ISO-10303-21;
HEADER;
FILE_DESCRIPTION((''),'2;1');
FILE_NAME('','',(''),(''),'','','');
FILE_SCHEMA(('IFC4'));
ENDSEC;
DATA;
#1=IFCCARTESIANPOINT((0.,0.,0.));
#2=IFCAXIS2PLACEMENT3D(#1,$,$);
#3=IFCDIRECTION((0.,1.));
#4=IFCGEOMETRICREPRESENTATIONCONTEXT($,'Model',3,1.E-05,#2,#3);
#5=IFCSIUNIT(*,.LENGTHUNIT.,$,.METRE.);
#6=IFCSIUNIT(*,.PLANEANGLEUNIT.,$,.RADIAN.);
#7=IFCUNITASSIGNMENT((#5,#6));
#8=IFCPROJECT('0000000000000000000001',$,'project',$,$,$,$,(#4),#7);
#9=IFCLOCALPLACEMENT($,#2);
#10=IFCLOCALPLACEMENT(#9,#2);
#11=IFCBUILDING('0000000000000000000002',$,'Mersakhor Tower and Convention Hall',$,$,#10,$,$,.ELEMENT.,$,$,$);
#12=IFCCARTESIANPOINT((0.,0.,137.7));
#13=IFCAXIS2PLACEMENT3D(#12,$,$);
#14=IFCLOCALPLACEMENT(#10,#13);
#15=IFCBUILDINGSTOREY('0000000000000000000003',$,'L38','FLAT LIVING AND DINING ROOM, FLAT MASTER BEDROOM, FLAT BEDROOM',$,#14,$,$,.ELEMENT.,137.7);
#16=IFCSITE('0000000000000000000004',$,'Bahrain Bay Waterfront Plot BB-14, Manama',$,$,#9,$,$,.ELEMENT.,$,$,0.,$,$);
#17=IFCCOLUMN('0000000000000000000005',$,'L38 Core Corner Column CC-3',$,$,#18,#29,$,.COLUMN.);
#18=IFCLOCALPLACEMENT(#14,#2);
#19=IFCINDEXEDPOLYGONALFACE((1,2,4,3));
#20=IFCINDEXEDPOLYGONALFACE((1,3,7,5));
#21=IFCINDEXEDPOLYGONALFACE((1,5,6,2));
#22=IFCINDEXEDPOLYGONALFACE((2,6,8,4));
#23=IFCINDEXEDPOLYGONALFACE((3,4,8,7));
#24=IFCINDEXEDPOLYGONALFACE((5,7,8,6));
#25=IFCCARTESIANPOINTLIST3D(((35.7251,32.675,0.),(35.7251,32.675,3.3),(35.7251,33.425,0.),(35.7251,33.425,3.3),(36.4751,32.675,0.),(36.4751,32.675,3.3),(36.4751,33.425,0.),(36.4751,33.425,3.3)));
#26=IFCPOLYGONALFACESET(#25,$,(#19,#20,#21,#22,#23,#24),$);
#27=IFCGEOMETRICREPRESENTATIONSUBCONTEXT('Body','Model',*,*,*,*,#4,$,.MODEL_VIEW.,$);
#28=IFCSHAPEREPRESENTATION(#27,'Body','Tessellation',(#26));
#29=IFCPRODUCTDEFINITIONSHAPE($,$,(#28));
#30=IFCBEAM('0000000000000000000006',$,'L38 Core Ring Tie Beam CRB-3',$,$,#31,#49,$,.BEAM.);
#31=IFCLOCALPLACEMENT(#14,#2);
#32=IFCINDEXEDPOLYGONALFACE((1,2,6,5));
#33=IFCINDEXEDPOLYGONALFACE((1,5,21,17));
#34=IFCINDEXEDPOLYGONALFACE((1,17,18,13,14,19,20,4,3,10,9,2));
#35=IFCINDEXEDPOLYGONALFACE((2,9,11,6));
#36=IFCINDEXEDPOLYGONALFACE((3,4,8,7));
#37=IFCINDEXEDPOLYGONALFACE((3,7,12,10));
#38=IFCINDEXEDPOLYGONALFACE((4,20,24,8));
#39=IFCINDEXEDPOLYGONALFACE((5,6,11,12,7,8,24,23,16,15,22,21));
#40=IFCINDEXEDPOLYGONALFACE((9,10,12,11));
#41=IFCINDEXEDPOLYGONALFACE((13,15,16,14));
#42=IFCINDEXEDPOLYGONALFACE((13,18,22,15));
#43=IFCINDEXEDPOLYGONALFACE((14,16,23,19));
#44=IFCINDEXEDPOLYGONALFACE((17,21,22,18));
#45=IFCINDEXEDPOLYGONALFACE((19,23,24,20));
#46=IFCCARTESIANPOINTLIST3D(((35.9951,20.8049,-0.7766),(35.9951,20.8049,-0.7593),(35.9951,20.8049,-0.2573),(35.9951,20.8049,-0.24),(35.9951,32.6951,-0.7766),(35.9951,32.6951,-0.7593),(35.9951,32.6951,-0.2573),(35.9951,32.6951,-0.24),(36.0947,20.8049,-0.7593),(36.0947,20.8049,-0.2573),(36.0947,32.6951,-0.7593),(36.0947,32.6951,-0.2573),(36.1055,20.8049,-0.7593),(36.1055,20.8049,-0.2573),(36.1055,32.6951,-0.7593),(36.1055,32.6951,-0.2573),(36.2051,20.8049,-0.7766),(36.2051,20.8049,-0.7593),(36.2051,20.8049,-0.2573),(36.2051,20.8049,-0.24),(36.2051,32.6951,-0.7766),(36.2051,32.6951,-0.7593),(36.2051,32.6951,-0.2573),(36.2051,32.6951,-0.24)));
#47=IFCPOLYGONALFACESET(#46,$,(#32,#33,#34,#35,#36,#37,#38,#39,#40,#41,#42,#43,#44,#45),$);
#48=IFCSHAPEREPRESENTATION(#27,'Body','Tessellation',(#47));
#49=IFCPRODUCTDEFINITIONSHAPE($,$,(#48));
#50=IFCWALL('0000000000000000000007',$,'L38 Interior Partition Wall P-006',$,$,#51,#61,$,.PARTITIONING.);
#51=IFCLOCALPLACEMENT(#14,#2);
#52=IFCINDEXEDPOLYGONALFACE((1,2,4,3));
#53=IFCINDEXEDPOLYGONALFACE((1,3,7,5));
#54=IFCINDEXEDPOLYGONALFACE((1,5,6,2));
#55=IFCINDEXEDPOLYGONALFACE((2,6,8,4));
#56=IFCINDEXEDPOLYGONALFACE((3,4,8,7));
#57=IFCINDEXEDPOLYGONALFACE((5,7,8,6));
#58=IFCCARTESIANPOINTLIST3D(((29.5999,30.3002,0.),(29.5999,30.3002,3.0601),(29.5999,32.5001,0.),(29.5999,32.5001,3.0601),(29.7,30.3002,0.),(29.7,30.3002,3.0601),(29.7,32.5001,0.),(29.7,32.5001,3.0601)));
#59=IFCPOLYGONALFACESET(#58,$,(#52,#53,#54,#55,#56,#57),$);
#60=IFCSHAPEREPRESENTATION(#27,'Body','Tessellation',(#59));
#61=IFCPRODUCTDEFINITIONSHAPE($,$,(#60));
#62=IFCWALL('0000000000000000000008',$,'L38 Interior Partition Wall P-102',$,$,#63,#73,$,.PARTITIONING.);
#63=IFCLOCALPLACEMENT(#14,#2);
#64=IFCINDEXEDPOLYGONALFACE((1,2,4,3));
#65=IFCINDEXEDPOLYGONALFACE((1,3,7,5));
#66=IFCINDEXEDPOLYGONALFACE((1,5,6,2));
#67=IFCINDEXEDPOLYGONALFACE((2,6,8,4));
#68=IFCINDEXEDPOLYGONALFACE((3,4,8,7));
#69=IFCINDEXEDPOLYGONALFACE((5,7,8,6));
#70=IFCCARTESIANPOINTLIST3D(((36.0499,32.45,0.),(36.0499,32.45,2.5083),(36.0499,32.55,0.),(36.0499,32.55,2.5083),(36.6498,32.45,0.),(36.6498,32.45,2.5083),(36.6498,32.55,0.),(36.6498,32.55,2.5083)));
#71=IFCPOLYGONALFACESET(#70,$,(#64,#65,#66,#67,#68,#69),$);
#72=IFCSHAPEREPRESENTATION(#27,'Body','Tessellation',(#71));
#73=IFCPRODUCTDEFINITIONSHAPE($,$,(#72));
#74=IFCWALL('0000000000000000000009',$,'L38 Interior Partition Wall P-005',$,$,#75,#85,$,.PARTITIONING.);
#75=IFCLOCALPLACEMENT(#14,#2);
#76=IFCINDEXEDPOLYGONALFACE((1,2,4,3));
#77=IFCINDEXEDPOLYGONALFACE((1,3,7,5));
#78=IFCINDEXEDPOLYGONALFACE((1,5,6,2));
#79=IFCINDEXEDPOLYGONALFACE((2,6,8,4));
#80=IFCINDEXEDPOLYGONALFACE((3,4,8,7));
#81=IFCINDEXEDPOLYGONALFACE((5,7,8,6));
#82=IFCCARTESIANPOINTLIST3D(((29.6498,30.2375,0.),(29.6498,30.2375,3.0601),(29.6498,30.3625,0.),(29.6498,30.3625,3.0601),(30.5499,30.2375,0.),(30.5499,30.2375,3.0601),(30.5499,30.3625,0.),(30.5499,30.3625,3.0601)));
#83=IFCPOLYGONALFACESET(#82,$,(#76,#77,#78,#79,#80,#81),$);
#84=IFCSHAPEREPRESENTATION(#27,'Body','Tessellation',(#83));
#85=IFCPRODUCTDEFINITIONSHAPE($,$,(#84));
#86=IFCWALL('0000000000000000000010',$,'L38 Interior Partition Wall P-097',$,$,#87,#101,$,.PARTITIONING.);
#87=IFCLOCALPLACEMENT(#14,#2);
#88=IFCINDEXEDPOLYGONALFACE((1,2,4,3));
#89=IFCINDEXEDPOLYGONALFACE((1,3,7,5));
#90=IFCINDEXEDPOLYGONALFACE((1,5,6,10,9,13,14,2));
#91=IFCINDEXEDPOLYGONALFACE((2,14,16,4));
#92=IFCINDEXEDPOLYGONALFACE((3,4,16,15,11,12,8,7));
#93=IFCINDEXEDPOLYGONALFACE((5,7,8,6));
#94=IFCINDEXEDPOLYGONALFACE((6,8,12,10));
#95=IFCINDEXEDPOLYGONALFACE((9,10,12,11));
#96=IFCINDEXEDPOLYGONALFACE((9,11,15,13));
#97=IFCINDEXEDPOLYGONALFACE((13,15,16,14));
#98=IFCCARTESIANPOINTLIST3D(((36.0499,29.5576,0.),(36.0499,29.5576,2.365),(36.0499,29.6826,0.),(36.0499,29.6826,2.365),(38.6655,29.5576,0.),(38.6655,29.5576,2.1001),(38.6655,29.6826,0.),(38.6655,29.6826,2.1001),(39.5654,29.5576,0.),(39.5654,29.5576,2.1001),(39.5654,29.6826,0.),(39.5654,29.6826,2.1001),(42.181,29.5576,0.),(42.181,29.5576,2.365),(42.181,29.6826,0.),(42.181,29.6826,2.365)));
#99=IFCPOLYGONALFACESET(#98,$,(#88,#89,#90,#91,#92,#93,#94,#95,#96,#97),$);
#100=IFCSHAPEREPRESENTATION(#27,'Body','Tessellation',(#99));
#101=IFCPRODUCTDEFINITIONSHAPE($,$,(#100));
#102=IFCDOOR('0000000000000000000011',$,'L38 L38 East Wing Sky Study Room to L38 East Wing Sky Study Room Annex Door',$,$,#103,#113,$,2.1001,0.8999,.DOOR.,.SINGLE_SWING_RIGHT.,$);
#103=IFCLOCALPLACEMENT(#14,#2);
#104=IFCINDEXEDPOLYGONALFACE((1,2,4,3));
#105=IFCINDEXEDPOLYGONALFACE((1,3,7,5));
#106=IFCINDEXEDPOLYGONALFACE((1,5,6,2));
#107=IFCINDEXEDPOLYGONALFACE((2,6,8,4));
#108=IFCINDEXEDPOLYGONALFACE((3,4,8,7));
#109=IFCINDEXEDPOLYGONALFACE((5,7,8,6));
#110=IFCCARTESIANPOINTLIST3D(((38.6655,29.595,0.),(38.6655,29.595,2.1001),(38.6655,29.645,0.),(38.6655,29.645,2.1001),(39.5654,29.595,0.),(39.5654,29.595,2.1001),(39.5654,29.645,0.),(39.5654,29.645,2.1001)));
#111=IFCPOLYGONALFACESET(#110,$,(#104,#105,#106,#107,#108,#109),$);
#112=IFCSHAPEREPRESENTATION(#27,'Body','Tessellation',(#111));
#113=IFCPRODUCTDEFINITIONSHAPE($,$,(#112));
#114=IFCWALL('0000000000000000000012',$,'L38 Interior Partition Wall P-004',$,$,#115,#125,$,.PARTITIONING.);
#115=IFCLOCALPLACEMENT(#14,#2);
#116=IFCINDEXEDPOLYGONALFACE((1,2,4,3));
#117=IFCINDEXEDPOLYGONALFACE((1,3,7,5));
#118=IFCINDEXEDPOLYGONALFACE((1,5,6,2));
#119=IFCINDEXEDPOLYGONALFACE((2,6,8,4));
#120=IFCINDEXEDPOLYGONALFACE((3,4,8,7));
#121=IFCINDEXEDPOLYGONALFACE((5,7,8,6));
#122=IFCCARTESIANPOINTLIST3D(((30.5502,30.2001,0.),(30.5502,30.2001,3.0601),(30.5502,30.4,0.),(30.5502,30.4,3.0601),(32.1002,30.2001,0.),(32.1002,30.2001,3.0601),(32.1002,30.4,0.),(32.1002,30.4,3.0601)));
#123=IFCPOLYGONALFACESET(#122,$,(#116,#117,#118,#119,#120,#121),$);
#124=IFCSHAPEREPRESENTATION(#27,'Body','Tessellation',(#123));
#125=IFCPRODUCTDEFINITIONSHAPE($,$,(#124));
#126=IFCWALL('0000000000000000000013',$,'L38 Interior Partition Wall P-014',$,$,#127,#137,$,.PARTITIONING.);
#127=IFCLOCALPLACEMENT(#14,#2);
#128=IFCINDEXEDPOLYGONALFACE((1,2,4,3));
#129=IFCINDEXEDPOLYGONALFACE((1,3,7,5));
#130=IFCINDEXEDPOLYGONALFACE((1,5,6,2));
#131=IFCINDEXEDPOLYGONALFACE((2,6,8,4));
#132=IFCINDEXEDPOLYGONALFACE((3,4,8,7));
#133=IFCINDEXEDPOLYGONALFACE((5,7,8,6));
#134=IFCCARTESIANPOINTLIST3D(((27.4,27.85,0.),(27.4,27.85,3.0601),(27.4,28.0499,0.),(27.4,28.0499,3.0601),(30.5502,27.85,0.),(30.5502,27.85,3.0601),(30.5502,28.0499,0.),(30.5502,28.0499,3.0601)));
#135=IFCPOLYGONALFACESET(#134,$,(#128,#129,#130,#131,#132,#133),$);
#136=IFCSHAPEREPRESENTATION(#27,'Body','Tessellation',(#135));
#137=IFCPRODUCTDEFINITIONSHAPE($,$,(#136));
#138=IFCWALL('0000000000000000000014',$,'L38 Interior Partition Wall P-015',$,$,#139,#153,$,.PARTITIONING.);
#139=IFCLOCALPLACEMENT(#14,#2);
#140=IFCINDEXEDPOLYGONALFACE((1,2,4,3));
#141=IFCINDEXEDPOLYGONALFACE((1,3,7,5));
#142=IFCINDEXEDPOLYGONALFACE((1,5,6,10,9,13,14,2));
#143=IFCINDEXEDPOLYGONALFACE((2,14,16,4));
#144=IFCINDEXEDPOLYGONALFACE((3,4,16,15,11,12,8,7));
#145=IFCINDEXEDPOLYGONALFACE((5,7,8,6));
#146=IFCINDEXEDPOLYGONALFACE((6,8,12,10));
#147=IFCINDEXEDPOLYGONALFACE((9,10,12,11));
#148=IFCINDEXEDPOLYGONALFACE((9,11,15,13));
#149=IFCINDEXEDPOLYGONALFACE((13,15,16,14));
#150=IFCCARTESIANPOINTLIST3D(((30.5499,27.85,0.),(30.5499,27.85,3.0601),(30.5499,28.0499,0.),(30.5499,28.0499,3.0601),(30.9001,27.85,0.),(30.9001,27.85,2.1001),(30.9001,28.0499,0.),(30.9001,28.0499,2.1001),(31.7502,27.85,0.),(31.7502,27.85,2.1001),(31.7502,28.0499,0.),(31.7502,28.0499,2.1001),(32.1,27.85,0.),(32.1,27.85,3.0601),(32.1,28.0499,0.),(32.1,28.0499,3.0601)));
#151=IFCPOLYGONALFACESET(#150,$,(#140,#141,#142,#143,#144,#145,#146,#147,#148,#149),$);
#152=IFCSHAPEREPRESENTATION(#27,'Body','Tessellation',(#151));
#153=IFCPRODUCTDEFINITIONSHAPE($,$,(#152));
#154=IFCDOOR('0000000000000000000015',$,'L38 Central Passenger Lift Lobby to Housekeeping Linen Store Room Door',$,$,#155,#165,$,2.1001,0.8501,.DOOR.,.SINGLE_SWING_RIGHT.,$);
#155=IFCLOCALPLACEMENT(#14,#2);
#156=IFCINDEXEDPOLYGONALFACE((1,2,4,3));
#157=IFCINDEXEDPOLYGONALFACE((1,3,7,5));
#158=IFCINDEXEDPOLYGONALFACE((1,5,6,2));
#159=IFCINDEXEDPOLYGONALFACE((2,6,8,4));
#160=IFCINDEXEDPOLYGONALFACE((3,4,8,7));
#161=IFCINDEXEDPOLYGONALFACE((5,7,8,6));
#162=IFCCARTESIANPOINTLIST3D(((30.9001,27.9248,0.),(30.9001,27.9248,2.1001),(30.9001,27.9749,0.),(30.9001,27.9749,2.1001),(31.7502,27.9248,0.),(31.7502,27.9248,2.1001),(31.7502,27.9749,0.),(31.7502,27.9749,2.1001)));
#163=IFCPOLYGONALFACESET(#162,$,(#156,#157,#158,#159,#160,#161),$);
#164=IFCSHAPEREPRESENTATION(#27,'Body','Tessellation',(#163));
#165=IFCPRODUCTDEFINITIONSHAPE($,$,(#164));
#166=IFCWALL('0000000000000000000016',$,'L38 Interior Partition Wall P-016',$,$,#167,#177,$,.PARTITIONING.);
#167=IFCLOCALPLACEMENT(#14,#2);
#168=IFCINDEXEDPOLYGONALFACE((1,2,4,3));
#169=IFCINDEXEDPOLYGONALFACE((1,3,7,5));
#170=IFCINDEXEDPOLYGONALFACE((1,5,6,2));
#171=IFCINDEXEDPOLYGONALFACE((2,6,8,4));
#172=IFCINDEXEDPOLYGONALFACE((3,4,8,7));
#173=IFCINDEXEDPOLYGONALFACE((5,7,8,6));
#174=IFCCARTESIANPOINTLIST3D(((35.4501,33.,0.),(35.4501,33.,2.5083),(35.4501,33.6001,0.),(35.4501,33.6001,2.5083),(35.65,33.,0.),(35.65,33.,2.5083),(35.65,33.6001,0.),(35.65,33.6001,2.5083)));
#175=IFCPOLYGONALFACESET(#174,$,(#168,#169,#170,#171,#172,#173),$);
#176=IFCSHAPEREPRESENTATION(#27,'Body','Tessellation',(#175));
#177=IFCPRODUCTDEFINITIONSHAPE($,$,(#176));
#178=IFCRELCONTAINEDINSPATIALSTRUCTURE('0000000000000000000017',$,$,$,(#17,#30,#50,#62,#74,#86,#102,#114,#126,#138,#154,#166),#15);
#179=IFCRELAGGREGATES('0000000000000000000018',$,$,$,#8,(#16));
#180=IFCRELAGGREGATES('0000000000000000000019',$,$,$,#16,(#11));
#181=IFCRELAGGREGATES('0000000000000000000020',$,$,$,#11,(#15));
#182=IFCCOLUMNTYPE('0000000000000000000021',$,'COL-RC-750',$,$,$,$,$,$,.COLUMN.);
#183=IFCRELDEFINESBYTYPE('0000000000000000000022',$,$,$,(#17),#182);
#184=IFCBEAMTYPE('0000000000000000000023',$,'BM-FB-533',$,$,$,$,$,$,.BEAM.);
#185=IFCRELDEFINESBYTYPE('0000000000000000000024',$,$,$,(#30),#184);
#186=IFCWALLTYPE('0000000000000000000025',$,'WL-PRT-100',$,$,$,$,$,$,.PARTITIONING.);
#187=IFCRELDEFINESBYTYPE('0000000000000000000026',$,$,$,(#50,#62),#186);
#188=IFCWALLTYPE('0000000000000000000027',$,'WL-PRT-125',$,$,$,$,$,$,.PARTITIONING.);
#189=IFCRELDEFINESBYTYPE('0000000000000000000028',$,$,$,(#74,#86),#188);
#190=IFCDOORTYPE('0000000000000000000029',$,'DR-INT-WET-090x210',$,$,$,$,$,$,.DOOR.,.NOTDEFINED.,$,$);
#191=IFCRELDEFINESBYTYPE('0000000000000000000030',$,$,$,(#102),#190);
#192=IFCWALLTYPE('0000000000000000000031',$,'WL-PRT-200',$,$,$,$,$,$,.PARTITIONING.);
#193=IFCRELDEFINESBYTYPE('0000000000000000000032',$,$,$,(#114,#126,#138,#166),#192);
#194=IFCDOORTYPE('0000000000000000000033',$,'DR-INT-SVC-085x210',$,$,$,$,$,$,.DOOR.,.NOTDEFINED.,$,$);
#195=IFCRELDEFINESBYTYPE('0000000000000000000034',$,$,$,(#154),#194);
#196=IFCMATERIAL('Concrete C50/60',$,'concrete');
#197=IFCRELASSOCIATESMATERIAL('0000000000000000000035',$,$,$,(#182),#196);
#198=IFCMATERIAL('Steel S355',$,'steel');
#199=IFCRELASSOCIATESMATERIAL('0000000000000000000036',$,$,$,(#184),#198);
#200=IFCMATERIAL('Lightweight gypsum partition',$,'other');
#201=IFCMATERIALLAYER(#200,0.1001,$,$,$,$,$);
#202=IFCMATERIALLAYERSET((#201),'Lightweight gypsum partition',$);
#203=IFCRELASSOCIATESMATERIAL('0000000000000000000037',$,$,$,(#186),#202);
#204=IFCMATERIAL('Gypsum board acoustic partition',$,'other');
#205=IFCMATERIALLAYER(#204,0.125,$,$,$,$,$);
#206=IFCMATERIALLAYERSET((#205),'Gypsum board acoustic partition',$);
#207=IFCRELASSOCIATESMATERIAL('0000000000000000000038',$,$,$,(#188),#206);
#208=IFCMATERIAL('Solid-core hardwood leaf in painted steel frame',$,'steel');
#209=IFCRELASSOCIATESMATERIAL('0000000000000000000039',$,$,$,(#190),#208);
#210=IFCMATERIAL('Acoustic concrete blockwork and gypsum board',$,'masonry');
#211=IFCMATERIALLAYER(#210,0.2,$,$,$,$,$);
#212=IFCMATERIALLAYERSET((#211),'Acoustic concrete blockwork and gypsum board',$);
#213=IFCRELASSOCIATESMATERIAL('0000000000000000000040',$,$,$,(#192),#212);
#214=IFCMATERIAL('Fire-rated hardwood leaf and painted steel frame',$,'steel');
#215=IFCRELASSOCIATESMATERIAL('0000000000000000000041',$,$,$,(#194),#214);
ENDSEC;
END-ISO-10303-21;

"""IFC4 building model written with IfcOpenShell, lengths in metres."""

from ifc_helpers import new_model, si_unit, direction, frame, frame_2d, origin, origin_2d, place, context, subcontext, project, spatial, rectangle, i_section, extrude, material, layer, layer_set, material_profile, profile_set, type_object, element, fill, save


model = new_model("IFC4")

# Units and contexts
model_context = context("Model", 3, precision=1e-05, world=origin(), true_north=direction((0.0, 1.0)))
body_context = subcontext(model_context, "Body", "Model", "MODEL_VIEW")
ifc_project = project(units=[si_unit("LENGTHUNIT", "METRE"), si_unit("PLANEANGLEUNIT", "RADIAN")], contexts=[model_context])

# Site, building, storey
site_placement = place(None, origin())
site = spatial("IfcSite", under=ifc_project, at=site_placement, Name="Bahrain Bay Waterfront Plot BB-14, Manama", CompositionType="ELEMENT", RefElevation=0.0)
building_placement = place(site_placement, origin())
building = spatial("IfcBuilding", under=site, at=building_placement, Name="Mersakhor Tower and Convention Hall", CompositionType="ELEMENT")
storey_placement = place(building_placement, frame((0.0, 0.0, 137.7)))
storey = spatial("IfcBuildingStorey", under=building, at=storey_placement, Name="L38", Description="FLAT LIVING AND DINING ROOM, FLAT MASTER BEDROOM, FLAT BEDROOM", CompositionType="ELEMENT", Elevation=137.7)

# Column
ifc_material_1 = material(Name="Concrete C50/60", Category="concrete")
ifc_material_profile_1 = material_profile(ifc_material_1, rectangle(XDim=0.75, YDim=0.75, at=origin_2d()), Name="RC 750x750")
ifc_profile_set_1 = profile_set([ifc_material_profile_1], Name="Concrete C50/60")
column_type = type_object("IfcColumnType", Name="COL-RC-750", PredefinedType="COLUMN", material=ifc_profile_set_1)
column_placement = place(storey_placement, frame((36.1001, 33.05, 0.0), z_axis=(0.0, 0.0, 1.0), x_axis=(1.0, 0.0, 0.0)))
element("IfcColumn", 1, at=column_placement, inside=storey, type_object=column_type, Name="L38 Core Corner Column CC-3", PredefinedType="COLUMN", context=body_context, shape_type="SweptSolid", body=[
    extrude(rectangle(XDim=0.75, YDim=0.75, at=origin_2d()), origin(), (0.0, 0.0, 1.0), 3.3),
])

# Beam
ifc_material_2 = material(Name="Steel S355", Category="steel")
ifc_material_profile_2 = material_profile(ifc_material_2, i_section(OverallWidth=0.21, OverallDepth=0.5366, WebThickness=0.0107, FlangeThickness=0.0173, at=origin_2d()), Name="UB 533x210x101")
ifc_profile_set_2 = profile_set([ifc_material_profile_2], Name="Steel S355")
beam_type = type_object("IfcBeamType", Name="BM-FB-533", PredefinedType="BEAM", material=ifc_profile_set_2)
beam_placement = place(storey_placement, frame((36.1001, 32.6951, -0.5083), z_axis=(0.0, -1.0, 0.0), x_axis=(1.0, 0.0, 0.0)))
element("IfcBeam", 2, at=beam_placement, inside=storey, type_object=beam_type, Name="L38 Core Ring Tie Beam CRB-3", PredefinedType="BEAM", context=body_context, shape_type="SweptSolid", body=[
    extrude(i_section(OverallWidth=0.21, OverallDepth=0.5366, WebThickness=0.0107, FlangeThickness=0.0173, at=origin_2d()), origin(), (0.0, 0.0, 1.0), 11.8901),
])

# Walls
ifc_material_3 = material(Name="Lightweight gypsum partition", Category="other")
ifc_layer_1 = layer(ifc_material_3, 0.1001)
ifc_layer_set_1 = layer_set([ifc_layer_1], Name="Lightweight gypsum partition")
wall_type_1 = type_object("IfcWallType", Name="WL-PRT-100", PredefinedType="PARTITIONING", material=ifc_layer_set_1)
wall_1_placement = place(storey_placement, frame((29.6499, 30.3, 0.0), z_axis=(0.0, 0.0, 1.0), x_axis=(0.0, 1.0, 0.0)))
element("IfcWall", 3, at=wall_1_placement, inside=storey, type_object=wall_type_1, Name="L38 Interior Partition Wall P-006", PredefinedType="PARTITIONING", context=body_context, shape_type="SweptSolid", body=[
    extrude(rectangle(XDim=2.2, YDim=0.1001, at=frame_2d((1.1001, 0.0))), origin(), (0.0, 0.0, 1.0), 3.0601),
])
wall_2_placement = place(storey_placement, frame((36.05, 32.5, 0.0), z_axis=(0.0, 0.0, 1.0), x_axis=(1.0, 0.0, 0.0)))
element("IfcWall", 4, at=wall_2_placement, inside=storey, type_object=wall_type_1, Name="L38 Interior Partition Wall P-102", PredefinedType="PARTITIONING", context=body_context, shape_type="SweptSolid", body=[
    extrude(rectangle(XDim=0.5999, YDim=0.1001, at=frame_2d((0.2998, 0.0))), origin(), (0.0, 0.0, 1.0), 2.5083),
])
ifc_material_4 = material(Name="Gypsum board acoustic partition", Category="other")
ifc_layer_2 = layer(ifc_material_4, 0.125)
ifc_layer_set_2 = layer_set([ifc_layer_2], Name="Gypsum board acoustic partition")
wall_type_2 = type_object("IfcWallType", Name="WL-PRT-125", PredefinedType="PARTITIONING", material=ifc_layer_set_2)
wall_3_placement = place(storey_placement, frame((30.55, 30.3, 0.0), z_axis=(0.0, 0.0, 1.0), x_axis=(-1.0, 0.0, 0.0)))
element("IfcWall", 5, at=wall_3_placement, inside=storey, type_object=wall_type_2, Name="L38 Interior Partition Wall P-005", PredefinedType="PARTITIONING", context=body_context, shape_type="SweptSolid", body=[
    extrude(rectangle(XDim=0.9001, YDim=0.125, at=frame_2d((0.4502, 0.0))), origin(), (0.0, 0.0, 1.0), 3.0601),
])

# Wall, opening, door
wall_4_placement = place(storey_placement, frame((36.05, 29.6201, 0.0), z_axis=(0.0, 0.0, 1.0), x_axis=(1.0, 0.0, 0.0)))
wall_4 = element("IfcWall", 6, at=wall_4_placement, inside=storey, type_object=wall_type_2, Name="L38 Interior Partition Wall P-097", PredefinedType="PARTITIONING", context=body_context, shape_type="SweptSolid", body=[
    extrude(rectangle(XDim=6.1311, YDim=0.125, at=frame_2d((3.0654, 0.0))), origin(), (0.0, 0.0, 1.0), 2.365),
])
opening_1_placement = place(wall_4_placement, frame((2.6155, 0.0, 0.0)))
opening_1 = element("IfcOpeningElement", 7, at=opening_1_placement, cuts=wall_4, PredefinedType="OPENING", context=body_context, shape_type="SweptSolid", body=[
    extrude(rectangle(XDim=0.8999, YDim=2.1001, at=frame_2d((0.45, 1.05))), frame((0.0, 0.0725, 0.0), z_axis=(0.0, -1.0, 0.0), x_axis=(1.0, 0.0, 0.0)), (0.0, 0.0, 1.0), 0.145),
])
ifc_material_5 = material(Name="Solid-core hardwood leaf in painted steel frame", Category="steel")
door_type_1 = type_object("IfcDoorType", Name="DR-INT-WET-090x210", OperationType="NOTDEFINED", PredefinedType="DOOR", material=ifc_material_5)
door_1_placement = place(opening_1_placement, origin())
door_1 = element("IfcDoor", 8, at=door_1_placement, inside=storey, type_object=door_type_1, Name="L38 L38 East Wing Sky Study Room to L38 East Wing Sky Study Room Annex Door", OperationType="SINGLE_SWING_RIGHT", OverallHeight=2.1001, OverallWidth=0.8999, PredefinedType="DOOR", context=body_context, shape_type="SweptSolid", body=[
    extrude(rectangle(XDim=0.8999, YDim=2.1001, at=frame_2d((0.45, 1.05))), frame((0.0, 0.0249, 0.0), z_axis=(0.0, -1.0, 0.0), x_axis=(1.0, 0.0, 0.0)), (0.0, 0.0, 1.0), 0.05),
])
fill(opening_1, door_1)

# Wall
ifc_material_6 = material(Name="Acoustic concrete blockwork and gypsum board", Category="masonry")
ifc_layer_3 = layer(ifc_material_6, 0.2)
ifc_layer_set_3 = layer_set([ifc_layer_3], Name="Acoustic concrete blockwork and gypsum board")
wall_type_3 = type_object("IfcWallType", Name="WL-PRT-200", PredefinedType="PARTITIONING", material=ifc_layer_set_3)
wall_5_placement = place(storey_placement, frame((32.1001, 30.3, 0.0), z_axis=(0.0, 0.0, 1.0), x_axis=(-1.0, 0.0, 0.0)))
element("IfcWall", 9, at=wall_5_placement, inside=storey, type_object=wall_type_3, Name="L38 Interior Partition Wall P-004", PredefinedType="PARTITIONING", context=body_context, shape_type="SweptSolid", body=[
    extrude(rectangle(XDim=1.55, YDim=0.2, at=frame_2d((0.7749, 0.0))), origin(), (0.0, 0.0, 1.0), 3.0601),
])

# Wall
wall_6_placement = place(storey_placement, frame((27.3999, 27.95, 0.0), z_axis=(0.0, 0.0, 1.0), x_axis=(1.0, 0.0, 0.0)))
element("IfcWall", 10, at=wall_6_placement, inside=storey, type_object=wall_type_3, Name="L38 Interior Partition Wall P-014", PredefinedType="PARTITIONING", context=body_context, shape_type="SweptSolid", body=[
    extrude(rectangle(XDim=3.1501, YDim=0.2, at=frame_2d((1.5752, 0.0))), origin(), (0.0, 0.0, 1.0), 3.0601),
])

# Wall, opening, door
wall_7_placement = place(storey_placement, frame((30.55, 27.95, 0.0), z_axis=(0.0, 0.0, 1.0), x_axis=(1.0, 0.0, 0.0)))
wall_7 = element("IfcWall", 11, at=wall_7_placement, inside=storey, type_object=wall_type_3, Name="L38 Interior Partition Wall P-015", PredefinedType="PARTITIONING", context=body_context, shape_type="SweptSolid", body=[
    extrude(rectangle(XDim=1.55, YDim=0.2, at=frame_2d((0.7749, 0.0))), origin(), (0.0, 0.0, 1.0), 3.0601),
])
opening_2_placement = place(wall_7_placement, frame((0.3501, 0.0, 0.0)))
opening_2 = element("IfcOpeningElement", 12, at=opening_2_placement, cuts=wall_7, PredefinedType="OPENING", context=body_context, shape_type="SweptSolid", body=[
    extrude(rectangle(XDim=0.8501, YDim=2.1001, at=frame_2d((0.425, 1.05))), frame((0.0, 0.1099, 0.0), z_axis=(0.0, -1.0, 0.0), x_axis=(1.0, 0.0, 0.0)), (0.0, 0.0, 1.0), 0.22),
])
ifc_material_7 = material(Name="Fire-rated hardwood leaf and painted steel frame", Category="steel")
door_type_2 = type_object("IfcDoorType", Name="DR-INT-SVC-085x210", OperationType="NOTDEFINED", PredefinedType="DOOR", material=ifc_material_7)
door_2_placement = place(opening_2_placement, origin())
door_2 = element("IfcDoor", 13, at=door_2_placement, inside=storey, type_object=door_type_2, Name="L38 Central Passenger Lift Lobby to Housekeeping Linen Store Room Door", OperationType="SINGLE_SWING_RIGHT", OverallHeight=2.1001, OverallWidth=0.8501, PredefinedType="DOOR", context=body_context, shape_type="SweptSolid", body=[
    extrude(rectangle(XDim=0.8501, YDim=2.1001, at=frame_2d((0.425, 1.05))), frame((0.0, 0.0249, 0.0), z_axis=(0.0, -1.0, 0.0), x_axis=(1.0, 0.0, 0.0)), (0.0, 0.0, 1.0), 0.05),
])
fill(opening_2, door_2)

# Wall
wall_8_placement = place(storey_placement, frame((35.55, 33.6001, 0.0), z_axis=(0.0, 0.0, 1.0), x_axis=(0.0, -1.0, 0.0)))
element("IfcWall", 14, at=wall_8_placement, inside=storey, type_object=wall_type_3, Name="L38 Interior Partition Wall P-016", PredefinedType="PARTITIONING", context=body_context, shape_type="SweptSolid", body=[
    extrude(rectangle(XDim=0.6001, YDim=0.2, at=frame_2d((0.3, 0.0))), origin(), (0.0, 0.0, 1.0), 2.5083),
])

save(model, "model.ifc")
